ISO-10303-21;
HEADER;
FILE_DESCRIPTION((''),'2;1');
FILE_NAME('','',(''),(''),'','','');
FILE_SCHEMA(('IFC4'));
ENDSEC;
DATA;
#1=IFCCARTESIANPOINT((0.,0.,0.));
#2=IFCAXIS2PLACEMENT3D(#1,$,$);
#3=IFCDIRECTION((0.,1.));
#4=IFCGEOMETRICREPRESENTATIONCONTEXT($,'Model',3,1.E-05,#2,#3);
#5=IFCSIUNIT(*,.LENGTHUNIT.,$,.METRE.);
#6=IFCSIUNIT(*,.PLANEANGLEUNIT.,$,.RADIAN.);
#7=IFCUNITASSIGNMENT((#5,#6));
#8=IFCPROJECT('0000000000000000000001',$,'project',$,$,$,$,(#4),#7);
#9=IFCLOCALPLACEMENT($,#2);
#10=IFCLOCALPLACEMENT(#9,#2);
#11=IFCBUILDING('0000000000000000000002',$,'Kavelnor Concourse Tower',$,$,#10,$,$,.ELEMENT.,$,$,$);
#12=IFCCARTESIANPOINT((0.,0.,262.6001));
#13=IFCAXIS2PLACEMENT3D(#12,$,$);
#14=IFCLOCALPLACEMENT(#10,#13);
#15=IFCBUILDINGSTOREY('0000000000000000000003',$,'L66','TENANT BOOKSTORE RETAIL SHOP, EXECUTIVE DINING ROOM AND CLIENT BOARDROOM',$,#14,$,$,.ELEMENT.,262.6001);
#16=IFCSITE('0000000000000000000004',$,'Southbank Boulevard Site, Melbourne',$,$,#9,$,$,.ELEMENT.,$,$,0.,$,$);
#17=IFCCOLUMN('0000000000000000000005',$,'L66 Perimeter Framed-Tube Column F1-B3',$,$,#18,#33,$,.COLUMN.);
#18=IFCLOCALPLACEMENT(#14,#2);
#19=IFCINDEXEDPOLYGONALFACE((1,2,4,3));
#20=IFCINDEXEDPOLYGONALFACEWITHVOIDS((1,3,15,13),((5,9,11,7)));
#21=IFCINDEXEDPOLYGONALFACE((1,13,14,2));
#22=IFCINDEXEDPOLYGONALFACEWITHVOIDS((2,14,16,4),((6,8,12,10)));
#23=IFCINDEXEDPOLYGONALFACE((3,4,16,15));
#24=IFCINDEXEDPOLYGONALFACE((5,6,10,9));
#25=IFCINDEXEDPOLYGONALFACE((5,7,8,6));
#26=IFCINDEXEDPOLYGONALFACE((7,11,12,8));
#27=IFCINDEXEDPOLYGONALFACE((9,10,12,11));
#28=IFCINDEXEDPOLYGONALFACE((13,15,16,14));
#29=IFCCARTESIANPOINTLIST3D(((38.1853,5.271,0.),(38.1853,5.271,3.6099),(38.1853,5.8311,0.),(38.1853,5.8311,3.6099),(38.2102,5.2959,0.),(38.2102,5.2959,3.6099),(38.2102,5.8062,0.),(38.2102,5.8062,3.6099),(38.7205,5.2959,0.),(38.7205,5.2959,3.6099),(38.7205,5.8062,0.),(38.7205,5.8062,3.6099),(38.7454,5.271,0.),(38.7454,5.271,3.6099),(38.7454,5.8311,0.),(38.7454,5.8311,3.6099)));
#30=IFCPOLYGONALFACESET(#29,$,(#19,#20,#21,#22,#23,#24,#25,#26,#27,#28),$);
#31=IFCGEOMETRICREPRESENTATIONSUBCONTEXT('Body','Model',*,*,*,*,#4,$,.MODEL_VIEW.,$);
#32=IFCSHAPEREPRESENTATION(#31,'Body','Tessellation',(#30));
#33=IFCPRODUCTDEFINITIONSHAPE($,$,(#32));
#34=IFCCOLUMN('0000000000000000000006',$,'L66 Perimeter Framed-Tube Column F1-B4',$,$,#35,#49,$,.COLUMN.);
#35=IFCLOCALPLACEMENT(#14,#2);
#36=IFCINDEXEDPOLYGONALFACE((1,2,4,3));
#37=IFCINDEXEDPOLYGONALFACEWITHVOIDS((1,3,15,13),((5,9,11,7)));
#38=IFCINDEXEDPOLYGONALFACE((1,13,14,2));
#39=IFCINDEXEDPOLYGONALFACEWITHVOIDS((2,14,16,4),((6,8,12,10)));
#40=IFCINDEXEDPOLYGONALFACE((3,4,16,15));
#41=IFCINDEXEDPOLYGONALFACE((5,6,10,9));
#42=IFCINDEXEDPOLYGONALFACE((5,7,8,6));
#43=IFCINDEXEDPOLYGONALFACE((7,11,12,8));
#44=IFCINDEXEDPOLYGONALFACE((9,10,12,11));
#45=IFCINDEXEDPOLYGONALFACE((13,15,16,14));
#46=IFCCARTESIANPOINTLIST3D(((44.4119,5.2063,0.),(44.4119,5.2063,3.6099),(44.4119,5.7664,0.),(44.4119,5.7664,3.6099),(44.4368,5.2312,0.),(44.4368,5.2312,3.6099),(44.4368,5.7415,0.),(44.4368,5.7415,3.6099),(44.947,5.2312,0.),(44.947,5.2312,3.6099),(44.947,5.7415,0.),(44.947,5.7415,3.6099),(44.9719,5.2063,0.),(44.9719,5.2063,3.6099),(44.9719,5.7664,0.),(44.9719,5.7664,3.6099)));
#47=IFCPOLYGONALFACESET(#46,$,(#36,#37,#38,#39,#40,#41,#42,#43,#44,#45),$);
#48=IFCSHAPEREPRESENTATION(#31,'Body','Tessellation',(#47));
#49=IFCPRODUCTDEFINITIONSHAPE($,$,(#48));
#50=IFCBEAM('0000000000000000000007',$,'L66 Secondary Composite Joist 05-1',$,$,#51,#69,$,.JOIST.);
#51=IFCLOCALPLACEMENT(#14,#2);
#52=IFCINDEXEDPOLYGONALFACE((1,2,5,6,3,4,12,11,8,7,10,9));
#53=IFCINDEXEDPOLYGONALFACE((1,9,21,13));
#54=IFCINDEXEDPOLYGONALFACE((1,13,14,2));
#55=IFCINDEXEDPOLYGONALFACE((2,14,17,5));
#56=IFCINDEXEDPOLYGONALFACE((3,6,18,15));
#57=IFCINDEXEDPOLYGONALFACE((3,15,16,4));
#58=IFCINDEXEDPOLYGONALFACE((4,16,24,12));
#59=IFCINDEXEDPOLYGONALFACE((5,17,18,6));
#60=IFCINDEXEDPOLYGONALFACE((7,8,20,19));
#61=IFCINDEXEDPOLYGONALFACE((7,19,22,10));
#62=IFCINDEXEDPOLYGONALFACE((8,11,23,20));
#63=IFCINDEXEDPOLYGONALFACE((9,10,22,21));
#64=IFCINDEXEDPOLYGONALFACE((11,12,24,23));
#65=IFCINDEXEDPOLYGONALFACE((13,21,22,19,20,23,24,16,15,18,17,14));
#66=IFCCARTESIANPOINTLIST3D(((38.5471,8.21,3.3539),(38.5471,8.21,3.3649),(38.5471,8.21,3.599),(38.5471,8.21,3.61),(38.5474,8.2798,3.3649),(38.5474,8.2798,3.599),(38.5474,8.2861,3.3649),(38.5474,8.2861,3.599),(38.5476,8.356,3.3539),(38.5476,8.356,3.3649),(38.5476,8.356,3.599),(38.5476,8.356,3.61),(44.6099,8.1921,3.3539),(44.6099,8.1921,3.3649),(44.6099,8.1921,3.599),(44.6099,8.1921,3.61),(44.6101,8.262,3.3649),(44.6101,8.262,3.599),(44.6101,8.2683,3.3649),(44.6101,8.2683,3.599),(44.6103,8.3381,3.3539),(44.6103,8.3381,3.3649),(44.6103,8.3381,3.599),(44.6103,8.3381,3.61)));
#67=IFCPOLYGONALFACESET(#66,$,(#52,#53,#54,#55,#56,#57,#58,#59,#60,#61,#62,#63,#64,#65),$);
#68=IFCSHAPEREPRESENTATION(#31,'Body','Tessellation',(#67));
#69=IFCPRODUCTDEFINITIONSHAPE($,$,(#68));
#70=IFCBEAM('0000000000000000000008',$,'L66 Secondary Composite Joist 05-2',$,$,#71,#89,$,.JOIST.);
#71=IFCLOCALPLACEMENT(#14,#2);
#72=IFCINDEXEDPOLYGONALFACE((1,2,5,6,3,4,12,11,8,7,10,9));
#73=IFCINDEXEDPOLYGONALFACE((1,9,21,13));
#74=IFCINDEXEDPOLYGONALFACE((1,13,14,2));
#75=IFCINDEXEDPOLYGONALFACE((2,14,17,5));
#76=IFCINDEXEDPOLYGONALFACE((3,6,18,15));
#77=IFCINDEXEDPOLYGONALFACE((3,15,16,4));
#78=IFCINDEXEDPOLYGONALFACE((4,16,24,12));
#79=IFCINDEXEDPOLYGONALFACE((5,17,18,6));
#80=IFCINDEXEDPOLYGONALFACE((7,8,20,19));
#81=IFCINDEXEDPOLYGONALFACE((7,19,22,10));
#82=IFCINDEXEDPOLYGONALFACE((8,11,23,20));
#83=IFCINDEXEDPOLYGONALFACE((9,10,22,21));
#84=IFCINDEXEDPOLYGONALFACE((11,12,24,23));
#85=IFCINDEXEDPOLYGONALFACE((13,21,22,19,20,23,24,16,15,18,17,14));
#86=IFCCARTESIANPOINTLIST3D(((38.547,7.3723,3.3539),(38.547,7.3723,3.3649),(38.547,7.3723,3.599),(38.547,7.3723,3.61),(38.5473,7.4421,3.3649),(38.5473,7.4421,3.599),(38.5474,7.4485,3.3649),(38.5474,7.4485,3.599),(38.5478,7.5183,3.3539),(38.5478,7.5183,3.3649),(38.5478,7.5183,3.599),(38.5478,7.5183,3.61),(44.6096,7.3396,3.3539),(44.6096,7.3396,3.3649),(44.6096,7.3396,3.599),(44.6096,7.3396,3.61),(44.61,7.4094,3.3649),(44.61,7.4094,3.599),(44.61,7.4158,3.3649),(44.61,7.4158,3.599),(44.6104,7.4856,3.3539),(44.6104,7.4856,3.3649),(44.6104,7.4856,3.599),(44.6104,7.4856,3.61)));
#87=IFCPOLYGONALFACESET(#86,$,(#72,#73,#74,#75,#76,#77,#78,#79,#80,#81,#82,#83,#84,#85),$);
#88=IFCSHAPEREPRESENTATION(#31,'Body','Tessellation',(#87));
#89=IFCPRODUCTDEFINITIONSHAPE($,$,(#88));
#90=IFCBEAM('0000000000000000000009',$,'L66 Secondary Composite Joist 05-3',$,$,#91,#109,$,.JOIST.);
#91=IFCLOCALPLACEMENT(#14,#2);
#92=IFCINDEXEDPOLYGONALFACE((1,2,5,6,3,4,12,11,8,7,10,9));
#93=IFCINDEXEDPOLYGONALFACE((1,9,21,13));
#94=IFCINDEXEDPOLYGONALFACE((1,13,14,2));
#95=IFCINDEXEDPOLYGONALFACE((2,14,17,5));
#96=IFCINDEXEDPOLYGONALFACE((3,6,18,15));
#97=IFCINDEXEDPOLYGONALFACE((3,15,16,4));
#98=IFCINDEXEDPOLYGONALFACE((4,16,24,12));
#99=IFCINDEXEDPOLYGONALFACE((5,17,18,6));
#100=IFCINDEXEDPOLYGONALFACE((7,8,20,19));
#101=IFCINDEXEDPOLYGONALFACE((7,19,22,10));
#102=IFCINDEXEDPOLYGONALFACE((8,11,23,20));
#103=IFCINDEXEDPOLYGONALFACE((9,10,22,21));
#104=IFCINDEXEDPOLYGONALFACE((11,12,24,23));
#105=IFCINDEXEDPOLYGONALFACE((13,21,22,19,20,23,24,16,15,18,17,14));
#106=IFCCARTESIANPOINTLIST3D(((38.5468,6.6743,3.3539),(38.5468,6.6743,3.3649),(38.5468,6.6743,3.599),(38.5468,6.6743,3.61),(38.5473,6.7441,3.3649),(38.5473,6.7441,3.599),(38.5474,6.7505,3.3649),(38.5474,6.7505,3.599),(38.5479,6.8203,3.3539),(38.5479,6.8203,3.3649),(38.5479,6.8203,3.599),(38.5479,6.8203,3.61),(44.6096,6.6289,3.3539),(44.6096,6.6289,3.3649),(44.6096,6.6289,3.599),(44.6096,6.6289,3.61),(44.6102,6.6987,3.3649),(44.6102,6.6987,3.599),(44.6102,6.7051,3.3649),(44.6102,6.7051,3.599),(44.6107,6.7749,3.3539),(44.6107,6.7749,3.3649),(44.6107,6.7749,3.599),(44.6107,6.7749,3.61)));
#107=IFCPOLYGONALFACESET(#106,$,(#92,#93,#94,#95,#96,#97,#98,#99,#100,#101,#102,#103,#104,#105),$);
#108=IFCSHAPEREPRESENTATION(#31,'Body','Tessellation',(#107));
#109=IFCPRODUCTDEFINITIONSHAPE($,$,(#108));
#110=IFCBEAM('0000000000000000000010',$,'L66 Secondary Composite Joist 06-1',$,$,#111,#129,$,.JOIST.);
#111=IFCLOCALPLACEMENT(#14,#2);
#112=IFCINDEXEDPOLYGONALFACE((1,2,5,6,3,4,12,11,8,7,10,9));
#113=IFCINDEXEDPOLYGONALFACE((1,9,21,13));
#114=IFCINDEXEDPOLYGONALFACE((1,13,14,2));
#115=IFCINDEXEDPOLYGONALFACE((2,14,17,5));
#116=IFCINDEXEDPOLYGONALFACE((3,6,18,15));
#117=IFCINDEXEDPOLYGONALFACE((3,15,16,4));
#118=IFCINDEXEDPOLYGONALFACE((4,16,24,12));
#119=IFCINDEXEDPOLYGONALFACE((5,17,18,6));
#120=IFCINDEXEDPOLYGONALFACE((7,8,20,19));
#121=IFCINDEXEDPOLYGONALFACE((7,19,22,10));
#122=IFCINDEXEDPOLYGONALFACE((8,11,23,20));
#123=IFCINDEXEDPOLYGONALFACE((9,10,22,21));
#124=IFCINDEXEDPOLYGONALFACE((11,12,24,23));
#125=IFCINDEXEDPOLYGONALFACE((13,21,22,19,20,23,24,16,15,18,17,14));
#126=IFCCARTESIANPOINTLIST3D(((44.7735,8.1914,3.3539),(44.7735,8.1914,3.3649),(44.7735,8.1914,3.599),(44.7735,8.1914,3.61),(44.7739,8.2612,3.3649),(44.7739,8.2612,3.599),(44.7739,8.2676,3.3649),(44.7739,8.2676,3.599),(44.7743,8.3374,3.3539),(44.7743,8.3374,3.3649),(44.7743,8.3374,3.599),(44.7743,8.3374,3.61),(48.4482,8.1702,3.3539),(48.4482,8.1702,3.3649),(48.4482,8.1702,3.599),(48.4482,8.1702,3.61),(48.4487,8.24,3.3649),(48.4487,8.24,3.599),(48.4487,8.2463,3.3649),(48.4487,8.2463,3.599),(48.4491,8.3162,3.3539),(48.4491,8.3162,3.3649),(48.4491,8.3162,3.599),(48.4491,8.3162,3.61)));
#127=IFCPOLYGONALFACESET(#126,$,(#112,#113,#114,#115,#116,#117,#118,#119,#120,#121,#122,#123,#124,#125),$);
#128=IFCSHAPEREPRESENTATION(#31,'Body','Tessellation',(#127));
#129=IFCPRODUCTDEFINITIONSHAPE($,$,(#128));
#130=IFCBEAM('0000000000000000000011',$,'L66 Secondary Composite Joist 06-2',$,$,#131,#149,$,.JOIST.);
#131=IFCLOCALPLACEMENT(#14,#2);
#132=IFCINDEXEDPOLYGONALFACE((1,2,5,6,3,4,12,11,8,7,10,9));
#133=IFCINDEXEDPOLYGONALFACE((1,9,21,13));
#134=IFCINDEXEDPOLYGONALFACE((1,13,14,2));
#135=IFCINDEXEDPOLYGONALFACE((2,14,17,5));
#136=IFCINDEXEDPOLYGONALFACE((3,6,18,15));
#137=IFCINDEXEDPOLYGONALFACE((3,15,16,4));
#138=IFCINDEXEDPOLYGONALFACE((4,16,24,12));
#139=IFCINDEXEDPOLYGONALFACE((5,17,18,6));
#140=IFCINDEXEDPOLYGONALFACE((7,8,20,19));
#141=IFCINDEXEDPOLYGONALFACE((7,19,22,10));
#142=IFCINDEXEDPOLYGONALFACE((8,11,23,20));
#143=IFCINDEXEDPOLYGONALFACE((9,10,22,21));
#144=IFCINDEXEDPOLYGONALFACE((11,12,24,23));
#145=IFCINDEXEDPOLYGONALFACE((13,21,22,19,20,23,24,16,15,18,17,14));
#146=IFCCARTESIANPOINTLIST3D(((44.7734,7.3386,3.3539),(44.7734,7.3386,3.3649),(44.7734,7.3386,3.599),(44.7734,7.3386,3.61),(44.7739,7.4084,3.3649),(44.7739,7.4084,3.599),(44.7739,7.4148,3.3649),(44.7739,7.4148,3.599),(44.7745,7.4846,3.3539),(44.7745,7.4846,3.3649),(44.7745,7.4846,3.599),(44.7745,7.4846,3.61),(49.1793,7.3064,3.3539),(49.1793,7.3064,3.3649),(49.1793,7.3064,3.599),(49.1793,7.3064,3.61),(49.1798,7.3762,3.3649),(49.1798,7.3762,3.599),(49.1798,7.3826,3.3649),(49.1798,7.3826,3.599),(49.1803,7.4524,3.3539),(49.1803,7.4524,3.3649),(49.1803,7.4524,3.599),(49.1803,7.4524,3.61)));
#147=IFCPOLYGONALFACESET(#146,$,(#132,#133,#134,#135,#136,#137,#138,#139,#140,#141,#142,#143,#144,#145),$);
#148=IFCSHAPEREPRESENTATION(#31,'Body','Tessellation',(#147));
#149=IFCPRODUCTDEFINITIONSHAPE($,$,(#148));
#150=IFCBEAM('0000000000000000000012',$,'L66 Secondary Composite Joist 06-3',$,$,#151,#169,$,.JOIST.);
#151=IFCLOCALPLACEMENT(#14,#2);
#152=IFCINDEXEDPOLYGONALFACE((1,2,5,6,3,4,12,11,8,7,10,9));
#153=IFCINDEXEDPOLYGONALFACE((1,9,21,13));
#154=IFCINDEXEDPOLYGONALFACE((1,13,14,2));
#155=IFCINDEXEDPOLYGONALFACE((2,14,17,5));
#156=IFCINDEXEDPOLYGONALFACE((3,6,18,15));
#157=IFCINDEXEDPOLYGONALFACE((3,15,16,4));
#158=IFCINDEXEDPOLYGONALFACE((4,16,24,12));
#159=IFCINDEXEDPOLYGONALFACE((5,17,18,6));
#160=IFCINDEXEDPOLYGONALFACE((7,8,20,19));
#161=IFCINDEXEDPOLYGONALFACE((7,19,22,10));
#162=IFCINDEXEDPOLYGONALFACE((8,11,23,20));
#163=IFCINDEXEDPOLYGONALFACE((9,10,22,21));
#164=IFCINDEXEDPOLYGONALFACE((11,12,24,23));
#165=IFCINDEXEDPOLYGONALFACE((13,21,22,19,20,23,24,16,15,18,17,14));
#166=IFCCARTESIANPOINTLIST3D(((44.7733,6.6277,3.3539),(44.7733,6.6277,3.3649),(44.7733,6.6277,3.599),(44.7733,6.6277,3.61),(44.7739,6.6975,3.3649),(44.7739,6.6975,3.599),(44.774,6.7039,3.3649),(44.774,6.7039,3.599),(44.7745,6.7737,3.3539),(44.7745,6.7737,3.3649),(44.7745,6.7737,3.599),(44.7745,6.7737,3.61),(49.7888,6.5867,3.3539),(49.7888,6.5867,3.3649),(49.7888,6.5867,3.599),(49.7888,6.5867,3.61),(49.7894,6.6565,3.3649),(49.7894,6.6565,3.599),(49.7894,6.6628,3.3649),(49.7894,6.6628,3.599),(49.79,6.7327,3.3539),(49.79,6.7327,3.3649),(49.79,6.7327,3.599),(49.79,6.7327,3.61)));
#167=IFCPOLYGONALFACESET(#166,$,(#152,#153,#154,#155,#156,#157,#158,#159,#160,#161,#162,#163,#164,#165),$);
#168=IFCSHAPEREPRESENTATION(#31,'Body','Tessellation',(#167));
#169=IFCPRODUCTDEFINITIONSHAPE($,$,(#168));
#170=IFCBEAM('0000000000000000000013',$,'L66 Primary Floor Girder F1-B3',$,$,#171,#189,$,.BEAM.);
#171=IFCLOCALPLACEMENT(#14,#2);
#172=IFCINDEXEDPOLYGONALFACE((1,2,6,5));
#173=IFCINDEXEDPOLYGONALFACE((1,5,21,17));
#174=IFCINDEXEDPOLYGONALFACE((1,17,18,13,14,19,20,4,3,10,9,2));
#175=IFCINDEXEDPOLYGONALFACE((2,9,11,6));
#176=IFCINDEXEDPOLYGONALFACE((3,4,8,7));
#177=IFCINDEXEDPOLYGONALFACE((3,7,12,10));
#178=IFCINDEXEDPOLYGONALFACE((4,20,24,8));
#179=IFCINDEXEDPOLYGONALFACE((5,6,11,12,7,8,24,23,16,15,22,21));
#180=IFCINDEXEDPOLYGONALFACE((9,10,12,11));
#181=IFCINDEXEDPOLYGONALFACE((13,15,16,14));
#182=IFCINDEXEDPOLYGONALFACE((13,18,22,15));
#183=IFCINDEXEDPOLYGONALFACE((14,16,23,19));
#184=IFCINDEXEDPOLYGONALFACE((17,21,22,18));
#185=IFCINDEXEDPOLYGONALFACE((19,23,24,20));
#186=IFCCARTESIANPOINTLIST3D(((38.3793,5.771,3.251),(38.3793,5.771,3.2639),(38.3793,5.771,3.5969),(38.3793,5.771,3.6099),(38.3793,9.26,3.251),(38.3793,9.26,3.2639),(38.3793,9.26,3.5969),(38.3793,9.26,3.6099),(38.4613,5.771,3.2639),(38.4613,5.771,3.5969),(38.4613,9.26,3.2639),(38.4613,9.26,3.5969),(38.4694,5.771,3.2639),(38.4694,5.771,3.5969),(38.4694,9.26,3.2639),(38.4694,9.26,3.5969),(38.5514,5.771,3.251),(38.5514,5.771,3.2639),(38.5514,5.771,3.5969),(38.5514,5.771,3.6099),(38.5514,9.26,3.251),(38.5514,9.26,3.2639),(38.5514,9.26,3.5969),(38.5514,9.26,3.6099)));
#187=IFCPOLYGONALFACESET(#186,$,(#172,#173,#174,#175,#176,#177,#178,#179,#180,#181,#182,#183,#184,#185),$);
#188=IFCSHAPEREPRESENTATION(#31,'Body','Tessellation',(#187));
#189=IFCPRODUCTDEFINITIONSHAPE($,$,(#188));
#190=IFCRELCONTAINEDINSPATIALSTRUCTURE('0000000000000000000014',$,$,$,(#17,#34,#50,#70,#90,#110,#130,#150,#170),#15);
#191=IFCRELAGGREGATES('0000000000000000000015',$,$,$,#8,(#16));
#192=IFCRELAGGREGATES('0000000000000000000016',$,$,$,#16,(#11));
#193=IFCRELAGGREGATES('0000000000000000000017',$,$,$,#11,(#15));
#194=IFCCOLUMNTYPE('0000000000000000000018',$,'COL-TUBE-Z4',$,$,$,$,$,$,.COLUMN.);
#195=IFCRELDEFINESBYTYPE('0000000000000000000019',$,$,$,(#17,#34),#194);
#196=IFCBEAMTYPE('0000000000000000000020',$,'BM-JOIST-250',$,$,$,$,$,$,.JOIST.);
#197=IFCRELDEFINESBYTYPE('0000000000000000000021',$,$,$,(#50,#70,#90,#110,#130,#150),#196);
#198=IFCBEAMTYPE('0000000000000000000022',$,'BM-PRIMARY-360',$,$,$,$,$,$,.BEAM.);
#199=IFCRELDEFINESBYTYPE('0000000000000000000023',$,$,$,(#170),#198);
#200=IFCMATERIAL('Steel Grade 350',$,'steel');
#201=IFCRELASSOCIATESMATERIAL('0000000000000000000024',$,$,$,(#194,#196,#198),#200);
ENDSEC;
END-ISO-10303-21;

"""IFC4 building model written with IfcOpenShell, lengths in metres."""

from ifc_helpers import new_model, si_unit, direction, frame, origin, origin_2d, place, context, subcontext, project, spatial, hollow_rectangle, i_section, extrude, material, material_profile, profile_set, type_object, element, save


model = new_model("IFC4")

# Units and contexts
model_context = context("Model", 3, precision=1e-05, world=origin(), true_north=direction((0.0, 1.0)))
body_context = subcontext(model_context, "Body", "Model", "MODEL_VIEW")
ifc_project = project(units=[si_unit("LENGTHUNIT", "METRE"), si_unit("PLANEANGLEUNIT", "RADIAN")], contexts=[model_context])

# Site, building, storey
site_placement = place(None, origin())
site = spatial("IfcSite", under=ifc_project, at=site_placement, Name="Southbank Boulevard Site, Melbourne", CompositionType="ELEMENT", RefElevation=0.0)
building_placement = place(site_placement, origin())
building = spatial("IfcBuilding", under=site, at=building_placement, Name="Kavelnor Concourse Tower", CompositionType="ELEMENT")
storey_placement = place(building_placement, frame((0.0, 0.0, 262.6001)))
storey = spatial("IfcBuildingStorey", under=building, at=storey_placement, Name="L66", Description="TENANT BOOKSTORE RETAIL SHOP, EXECUTIVE DINING ROOM AND CLIENT BOARDROOM", CompositionType="ELEMENT", Elevation=262.6001)

# Columns
ifc_material_1 = material(Name="Steel Grade 350", Category="steel")
ifc_material_profile_1 = material_profile(ifc_material_1, hollow_rectangle(XDim=0.5601, YDim=0.5601, WallThickness=0.0249, at=origin_2d()), Name="SHS 560x560x25")
ifc_profile_set_1 = profile_set([ifc_material_profile_1], Name="Steel Grade 350")
column_type = type_object("IfcColumnType", Name="COL-TUBE-Z4", PredefinedType="COLUMN", material=ifc_profile_set_1)
for number, where, z_axis, x_axis, name in (
    (1, (38.4653, 5.551, 0.0), (0.0, 0.0, 1.0), (1.0, 0.0, 0.0), "L66 Perimeter Framed-Tube Column F1-B3"),
    (2, (44.6919, 5.4863, 0.0), (0.0, 0.0, 1.0), (1.0, 0.0, 0.0), "L66 Perimeter Framed-Tube Column F1-B4"),
):
    element("IfcColumn", number, at=place(storey_placement, frame(where, z_axis=z_axis, x_axis=x_axis)), inside=storey, type_object=column_type, Name=name, PredefinedType="COLUMN", context=body_context, shape_type="SweptSolid", body=[
        extrude(hollow_rectangle(XDim=0.5601, YDim=0.5601, WallThickness=0.0249, at=origin_2d()), origin(), (0.0, 0.0, 1.0), 3.6099),
    ])

# Beams
ifc_material_profile_2 = material_profile(ifc_material_1, i_section(OverallWidth=0.146, OverallDepth=0.2561, WebThickness=0.0063, FlangeThickness=0.011, at=origin_2d()), Name="250UB37")
ifc_profile_set_2 = profile_set([ifc_material_profile_2], Name="Steel Grade 350")
beam_type_1 = type_object("IfcBeamType", Name="BM-JOIST-250", PredefinedType="JOIST", material=ifc_profile_set_2)
for number, where, z_axis, x_axis, name in (
    (3, (38.5474, 8.283, 3.4819), (0.999996, -0.00294, 0.0), (0.00294, 0.999996, 0.0), "L66 Secondary Composite Joist 05-1"),
    (4, (38.5474, 7.4453, 3.4819), (0.999985, -0.005396, 0.0), (0.005396, 0.999985, 0.0), "L66 Secondary Composite Joist 05-2"),
):
    element("IfcBeam", number, at=place(storey_placement, frame(where, z_axis=z_axis, x_axis=x_axis)), inside=storey, type_object=beam_type_1, Name=name, PredefinedType="JOIST", context=body_context, shape_type="SweptSolid", body=[
        extrude(i_section(OverallWidth=0.146, OverallDepth=0.2561, WebThickness=0.0063, FlangeThickness=0.011, at=origin_2d()), origin(), (0.0, 0.0, 1.0), 6.0627),
    ])
beam_1_placement = place(storey_placement, frame((38.5474, 6.7473, 3.4819), z_axis=(0.999972, -0.00749, 0.0), x_axis=(0.00749, 0.999972, 0.0)))
element("IfcBeam", 5, at=beam_1_placement, inside=storey, type_object=beam_type_1, Name="L66 Secondary Composite Joist 05-3", PredefinedType="JOIST", context=body_context, shape_type="SweptSolid", body=[
    extrude(i_section(OverallWidth=0.146, OverallDepth=0.2561, WebThickness=0.0063, FlangeThickness=0.011, at=origin_2d()), origin(), (0.0, 0.0, 1.0), 6.063),
])
beam_2_placement = place(storey_placement, frame((44.7739, 8.2644, 3.4819), z_axis=(0.999983, -0.00578, 0.0), x_axis=(0.00578, 0.999983, 0.0)))
element("IfcBeam", 6, at=beam_2_placement, inside=storey, type_object=beam_type_1, Name="L66 Secondary Composite Joist 06-1", PredefinedType="JOIST", context=body_context, shape_type="SweptSolid", body=[
    extrude(i_section(OverallWidth=0.146, OverallDepth=0.2561, WebThickness=0.0063, FlangeThickness=0.011, at=origin_2d()), origin(), (0.0, 0.0, 1.0), 3.6748),
])
beam_3_placement = place(storey_placement, frame((44.7739, 7.4116, 3.4819), z_axis=(0.999973, -0.007314, 0.0), x_axis=(0.007314, 0.999973, 0.0)))
element("IfcBeam", 7, at=beam_3_placement, inside=storey, type_object=beam_type_1, Name="L66 Secondary Composite Joist 06-2", PredefinedType="JOIST", context=body_context, shape_type="SweptSolid", body=[
    extrude(i_section(OverallWidth=0.146, OverallDepth=0.2561, WebThickness=0.0063, FlangeThickness=0.011, at=origin_2d()), origin(), (0.0, 0.0, 1.0), 4.406),
])
beam_4_placement = place(storey_placement, frame((44.7739, 6.7007, 3.4819), z_axis=(0.999967, -0.008178, 0.0), x_axis=(0.008178, 0.999967, 0.0)))
element("IfcBeam", 8, at=beam_4_placement, inside=storey, type_object=beam_type_1, Name="L66 Secondary Composite Joist 06-3", PredefinedType="JOIST", context=body_context, shape_type="SweptSolid", body=[
    extrude(i_section(OverallWidth=0.146, OverallDepth=0.2561, WebThickness=0.0063, FlangeThickness=0.011, at=origin_2d()), origin(), (0.0, 0.0, 1.0), 5.0156),
])
ifc_material_profile_3 = material_profile(ifc_material_1, i_section(OverallWidth=0.1721, OverallDepth=0.3589, WebThickness=0.0081, FlangeThickness=0.0129, at=origin_2d()), Name="360UB56")
ifc_profile_set_3 = profile_set([ifc_material_profile_3], Name="Steel Grade 350")
beam_type_2 = type_object("IfcBeamType", Name="BM-PRIMARY-360", PredefinedType="BEAM", material=ifc_profile_set_3)
beam_5_placement = place(storey_placement, frame((38.4653, 9.26, 3.4304), z_axis=(0.0, -1.0, 0.0), x_axis=(1.0, 0.0, 0.0)))
element("IfcBeam", 9, at=beam_5_placement, inside=storey, type_object=beam_type_2, Name="L66 Primary Floor Girder F1-B3", PredefinedType="BEAM", context=body_context, shape_type="SweptSolid", body=[
    extrude(i_section(OverallWidth=0.1721, OverallDepth=0.3589, WebThickness=0.0081, FlangeThickness=0.0129, at=origin_2d()), origin(), (0.0, 0.0, 1.0), 3.489),
])

save(model, "model.ifc")
